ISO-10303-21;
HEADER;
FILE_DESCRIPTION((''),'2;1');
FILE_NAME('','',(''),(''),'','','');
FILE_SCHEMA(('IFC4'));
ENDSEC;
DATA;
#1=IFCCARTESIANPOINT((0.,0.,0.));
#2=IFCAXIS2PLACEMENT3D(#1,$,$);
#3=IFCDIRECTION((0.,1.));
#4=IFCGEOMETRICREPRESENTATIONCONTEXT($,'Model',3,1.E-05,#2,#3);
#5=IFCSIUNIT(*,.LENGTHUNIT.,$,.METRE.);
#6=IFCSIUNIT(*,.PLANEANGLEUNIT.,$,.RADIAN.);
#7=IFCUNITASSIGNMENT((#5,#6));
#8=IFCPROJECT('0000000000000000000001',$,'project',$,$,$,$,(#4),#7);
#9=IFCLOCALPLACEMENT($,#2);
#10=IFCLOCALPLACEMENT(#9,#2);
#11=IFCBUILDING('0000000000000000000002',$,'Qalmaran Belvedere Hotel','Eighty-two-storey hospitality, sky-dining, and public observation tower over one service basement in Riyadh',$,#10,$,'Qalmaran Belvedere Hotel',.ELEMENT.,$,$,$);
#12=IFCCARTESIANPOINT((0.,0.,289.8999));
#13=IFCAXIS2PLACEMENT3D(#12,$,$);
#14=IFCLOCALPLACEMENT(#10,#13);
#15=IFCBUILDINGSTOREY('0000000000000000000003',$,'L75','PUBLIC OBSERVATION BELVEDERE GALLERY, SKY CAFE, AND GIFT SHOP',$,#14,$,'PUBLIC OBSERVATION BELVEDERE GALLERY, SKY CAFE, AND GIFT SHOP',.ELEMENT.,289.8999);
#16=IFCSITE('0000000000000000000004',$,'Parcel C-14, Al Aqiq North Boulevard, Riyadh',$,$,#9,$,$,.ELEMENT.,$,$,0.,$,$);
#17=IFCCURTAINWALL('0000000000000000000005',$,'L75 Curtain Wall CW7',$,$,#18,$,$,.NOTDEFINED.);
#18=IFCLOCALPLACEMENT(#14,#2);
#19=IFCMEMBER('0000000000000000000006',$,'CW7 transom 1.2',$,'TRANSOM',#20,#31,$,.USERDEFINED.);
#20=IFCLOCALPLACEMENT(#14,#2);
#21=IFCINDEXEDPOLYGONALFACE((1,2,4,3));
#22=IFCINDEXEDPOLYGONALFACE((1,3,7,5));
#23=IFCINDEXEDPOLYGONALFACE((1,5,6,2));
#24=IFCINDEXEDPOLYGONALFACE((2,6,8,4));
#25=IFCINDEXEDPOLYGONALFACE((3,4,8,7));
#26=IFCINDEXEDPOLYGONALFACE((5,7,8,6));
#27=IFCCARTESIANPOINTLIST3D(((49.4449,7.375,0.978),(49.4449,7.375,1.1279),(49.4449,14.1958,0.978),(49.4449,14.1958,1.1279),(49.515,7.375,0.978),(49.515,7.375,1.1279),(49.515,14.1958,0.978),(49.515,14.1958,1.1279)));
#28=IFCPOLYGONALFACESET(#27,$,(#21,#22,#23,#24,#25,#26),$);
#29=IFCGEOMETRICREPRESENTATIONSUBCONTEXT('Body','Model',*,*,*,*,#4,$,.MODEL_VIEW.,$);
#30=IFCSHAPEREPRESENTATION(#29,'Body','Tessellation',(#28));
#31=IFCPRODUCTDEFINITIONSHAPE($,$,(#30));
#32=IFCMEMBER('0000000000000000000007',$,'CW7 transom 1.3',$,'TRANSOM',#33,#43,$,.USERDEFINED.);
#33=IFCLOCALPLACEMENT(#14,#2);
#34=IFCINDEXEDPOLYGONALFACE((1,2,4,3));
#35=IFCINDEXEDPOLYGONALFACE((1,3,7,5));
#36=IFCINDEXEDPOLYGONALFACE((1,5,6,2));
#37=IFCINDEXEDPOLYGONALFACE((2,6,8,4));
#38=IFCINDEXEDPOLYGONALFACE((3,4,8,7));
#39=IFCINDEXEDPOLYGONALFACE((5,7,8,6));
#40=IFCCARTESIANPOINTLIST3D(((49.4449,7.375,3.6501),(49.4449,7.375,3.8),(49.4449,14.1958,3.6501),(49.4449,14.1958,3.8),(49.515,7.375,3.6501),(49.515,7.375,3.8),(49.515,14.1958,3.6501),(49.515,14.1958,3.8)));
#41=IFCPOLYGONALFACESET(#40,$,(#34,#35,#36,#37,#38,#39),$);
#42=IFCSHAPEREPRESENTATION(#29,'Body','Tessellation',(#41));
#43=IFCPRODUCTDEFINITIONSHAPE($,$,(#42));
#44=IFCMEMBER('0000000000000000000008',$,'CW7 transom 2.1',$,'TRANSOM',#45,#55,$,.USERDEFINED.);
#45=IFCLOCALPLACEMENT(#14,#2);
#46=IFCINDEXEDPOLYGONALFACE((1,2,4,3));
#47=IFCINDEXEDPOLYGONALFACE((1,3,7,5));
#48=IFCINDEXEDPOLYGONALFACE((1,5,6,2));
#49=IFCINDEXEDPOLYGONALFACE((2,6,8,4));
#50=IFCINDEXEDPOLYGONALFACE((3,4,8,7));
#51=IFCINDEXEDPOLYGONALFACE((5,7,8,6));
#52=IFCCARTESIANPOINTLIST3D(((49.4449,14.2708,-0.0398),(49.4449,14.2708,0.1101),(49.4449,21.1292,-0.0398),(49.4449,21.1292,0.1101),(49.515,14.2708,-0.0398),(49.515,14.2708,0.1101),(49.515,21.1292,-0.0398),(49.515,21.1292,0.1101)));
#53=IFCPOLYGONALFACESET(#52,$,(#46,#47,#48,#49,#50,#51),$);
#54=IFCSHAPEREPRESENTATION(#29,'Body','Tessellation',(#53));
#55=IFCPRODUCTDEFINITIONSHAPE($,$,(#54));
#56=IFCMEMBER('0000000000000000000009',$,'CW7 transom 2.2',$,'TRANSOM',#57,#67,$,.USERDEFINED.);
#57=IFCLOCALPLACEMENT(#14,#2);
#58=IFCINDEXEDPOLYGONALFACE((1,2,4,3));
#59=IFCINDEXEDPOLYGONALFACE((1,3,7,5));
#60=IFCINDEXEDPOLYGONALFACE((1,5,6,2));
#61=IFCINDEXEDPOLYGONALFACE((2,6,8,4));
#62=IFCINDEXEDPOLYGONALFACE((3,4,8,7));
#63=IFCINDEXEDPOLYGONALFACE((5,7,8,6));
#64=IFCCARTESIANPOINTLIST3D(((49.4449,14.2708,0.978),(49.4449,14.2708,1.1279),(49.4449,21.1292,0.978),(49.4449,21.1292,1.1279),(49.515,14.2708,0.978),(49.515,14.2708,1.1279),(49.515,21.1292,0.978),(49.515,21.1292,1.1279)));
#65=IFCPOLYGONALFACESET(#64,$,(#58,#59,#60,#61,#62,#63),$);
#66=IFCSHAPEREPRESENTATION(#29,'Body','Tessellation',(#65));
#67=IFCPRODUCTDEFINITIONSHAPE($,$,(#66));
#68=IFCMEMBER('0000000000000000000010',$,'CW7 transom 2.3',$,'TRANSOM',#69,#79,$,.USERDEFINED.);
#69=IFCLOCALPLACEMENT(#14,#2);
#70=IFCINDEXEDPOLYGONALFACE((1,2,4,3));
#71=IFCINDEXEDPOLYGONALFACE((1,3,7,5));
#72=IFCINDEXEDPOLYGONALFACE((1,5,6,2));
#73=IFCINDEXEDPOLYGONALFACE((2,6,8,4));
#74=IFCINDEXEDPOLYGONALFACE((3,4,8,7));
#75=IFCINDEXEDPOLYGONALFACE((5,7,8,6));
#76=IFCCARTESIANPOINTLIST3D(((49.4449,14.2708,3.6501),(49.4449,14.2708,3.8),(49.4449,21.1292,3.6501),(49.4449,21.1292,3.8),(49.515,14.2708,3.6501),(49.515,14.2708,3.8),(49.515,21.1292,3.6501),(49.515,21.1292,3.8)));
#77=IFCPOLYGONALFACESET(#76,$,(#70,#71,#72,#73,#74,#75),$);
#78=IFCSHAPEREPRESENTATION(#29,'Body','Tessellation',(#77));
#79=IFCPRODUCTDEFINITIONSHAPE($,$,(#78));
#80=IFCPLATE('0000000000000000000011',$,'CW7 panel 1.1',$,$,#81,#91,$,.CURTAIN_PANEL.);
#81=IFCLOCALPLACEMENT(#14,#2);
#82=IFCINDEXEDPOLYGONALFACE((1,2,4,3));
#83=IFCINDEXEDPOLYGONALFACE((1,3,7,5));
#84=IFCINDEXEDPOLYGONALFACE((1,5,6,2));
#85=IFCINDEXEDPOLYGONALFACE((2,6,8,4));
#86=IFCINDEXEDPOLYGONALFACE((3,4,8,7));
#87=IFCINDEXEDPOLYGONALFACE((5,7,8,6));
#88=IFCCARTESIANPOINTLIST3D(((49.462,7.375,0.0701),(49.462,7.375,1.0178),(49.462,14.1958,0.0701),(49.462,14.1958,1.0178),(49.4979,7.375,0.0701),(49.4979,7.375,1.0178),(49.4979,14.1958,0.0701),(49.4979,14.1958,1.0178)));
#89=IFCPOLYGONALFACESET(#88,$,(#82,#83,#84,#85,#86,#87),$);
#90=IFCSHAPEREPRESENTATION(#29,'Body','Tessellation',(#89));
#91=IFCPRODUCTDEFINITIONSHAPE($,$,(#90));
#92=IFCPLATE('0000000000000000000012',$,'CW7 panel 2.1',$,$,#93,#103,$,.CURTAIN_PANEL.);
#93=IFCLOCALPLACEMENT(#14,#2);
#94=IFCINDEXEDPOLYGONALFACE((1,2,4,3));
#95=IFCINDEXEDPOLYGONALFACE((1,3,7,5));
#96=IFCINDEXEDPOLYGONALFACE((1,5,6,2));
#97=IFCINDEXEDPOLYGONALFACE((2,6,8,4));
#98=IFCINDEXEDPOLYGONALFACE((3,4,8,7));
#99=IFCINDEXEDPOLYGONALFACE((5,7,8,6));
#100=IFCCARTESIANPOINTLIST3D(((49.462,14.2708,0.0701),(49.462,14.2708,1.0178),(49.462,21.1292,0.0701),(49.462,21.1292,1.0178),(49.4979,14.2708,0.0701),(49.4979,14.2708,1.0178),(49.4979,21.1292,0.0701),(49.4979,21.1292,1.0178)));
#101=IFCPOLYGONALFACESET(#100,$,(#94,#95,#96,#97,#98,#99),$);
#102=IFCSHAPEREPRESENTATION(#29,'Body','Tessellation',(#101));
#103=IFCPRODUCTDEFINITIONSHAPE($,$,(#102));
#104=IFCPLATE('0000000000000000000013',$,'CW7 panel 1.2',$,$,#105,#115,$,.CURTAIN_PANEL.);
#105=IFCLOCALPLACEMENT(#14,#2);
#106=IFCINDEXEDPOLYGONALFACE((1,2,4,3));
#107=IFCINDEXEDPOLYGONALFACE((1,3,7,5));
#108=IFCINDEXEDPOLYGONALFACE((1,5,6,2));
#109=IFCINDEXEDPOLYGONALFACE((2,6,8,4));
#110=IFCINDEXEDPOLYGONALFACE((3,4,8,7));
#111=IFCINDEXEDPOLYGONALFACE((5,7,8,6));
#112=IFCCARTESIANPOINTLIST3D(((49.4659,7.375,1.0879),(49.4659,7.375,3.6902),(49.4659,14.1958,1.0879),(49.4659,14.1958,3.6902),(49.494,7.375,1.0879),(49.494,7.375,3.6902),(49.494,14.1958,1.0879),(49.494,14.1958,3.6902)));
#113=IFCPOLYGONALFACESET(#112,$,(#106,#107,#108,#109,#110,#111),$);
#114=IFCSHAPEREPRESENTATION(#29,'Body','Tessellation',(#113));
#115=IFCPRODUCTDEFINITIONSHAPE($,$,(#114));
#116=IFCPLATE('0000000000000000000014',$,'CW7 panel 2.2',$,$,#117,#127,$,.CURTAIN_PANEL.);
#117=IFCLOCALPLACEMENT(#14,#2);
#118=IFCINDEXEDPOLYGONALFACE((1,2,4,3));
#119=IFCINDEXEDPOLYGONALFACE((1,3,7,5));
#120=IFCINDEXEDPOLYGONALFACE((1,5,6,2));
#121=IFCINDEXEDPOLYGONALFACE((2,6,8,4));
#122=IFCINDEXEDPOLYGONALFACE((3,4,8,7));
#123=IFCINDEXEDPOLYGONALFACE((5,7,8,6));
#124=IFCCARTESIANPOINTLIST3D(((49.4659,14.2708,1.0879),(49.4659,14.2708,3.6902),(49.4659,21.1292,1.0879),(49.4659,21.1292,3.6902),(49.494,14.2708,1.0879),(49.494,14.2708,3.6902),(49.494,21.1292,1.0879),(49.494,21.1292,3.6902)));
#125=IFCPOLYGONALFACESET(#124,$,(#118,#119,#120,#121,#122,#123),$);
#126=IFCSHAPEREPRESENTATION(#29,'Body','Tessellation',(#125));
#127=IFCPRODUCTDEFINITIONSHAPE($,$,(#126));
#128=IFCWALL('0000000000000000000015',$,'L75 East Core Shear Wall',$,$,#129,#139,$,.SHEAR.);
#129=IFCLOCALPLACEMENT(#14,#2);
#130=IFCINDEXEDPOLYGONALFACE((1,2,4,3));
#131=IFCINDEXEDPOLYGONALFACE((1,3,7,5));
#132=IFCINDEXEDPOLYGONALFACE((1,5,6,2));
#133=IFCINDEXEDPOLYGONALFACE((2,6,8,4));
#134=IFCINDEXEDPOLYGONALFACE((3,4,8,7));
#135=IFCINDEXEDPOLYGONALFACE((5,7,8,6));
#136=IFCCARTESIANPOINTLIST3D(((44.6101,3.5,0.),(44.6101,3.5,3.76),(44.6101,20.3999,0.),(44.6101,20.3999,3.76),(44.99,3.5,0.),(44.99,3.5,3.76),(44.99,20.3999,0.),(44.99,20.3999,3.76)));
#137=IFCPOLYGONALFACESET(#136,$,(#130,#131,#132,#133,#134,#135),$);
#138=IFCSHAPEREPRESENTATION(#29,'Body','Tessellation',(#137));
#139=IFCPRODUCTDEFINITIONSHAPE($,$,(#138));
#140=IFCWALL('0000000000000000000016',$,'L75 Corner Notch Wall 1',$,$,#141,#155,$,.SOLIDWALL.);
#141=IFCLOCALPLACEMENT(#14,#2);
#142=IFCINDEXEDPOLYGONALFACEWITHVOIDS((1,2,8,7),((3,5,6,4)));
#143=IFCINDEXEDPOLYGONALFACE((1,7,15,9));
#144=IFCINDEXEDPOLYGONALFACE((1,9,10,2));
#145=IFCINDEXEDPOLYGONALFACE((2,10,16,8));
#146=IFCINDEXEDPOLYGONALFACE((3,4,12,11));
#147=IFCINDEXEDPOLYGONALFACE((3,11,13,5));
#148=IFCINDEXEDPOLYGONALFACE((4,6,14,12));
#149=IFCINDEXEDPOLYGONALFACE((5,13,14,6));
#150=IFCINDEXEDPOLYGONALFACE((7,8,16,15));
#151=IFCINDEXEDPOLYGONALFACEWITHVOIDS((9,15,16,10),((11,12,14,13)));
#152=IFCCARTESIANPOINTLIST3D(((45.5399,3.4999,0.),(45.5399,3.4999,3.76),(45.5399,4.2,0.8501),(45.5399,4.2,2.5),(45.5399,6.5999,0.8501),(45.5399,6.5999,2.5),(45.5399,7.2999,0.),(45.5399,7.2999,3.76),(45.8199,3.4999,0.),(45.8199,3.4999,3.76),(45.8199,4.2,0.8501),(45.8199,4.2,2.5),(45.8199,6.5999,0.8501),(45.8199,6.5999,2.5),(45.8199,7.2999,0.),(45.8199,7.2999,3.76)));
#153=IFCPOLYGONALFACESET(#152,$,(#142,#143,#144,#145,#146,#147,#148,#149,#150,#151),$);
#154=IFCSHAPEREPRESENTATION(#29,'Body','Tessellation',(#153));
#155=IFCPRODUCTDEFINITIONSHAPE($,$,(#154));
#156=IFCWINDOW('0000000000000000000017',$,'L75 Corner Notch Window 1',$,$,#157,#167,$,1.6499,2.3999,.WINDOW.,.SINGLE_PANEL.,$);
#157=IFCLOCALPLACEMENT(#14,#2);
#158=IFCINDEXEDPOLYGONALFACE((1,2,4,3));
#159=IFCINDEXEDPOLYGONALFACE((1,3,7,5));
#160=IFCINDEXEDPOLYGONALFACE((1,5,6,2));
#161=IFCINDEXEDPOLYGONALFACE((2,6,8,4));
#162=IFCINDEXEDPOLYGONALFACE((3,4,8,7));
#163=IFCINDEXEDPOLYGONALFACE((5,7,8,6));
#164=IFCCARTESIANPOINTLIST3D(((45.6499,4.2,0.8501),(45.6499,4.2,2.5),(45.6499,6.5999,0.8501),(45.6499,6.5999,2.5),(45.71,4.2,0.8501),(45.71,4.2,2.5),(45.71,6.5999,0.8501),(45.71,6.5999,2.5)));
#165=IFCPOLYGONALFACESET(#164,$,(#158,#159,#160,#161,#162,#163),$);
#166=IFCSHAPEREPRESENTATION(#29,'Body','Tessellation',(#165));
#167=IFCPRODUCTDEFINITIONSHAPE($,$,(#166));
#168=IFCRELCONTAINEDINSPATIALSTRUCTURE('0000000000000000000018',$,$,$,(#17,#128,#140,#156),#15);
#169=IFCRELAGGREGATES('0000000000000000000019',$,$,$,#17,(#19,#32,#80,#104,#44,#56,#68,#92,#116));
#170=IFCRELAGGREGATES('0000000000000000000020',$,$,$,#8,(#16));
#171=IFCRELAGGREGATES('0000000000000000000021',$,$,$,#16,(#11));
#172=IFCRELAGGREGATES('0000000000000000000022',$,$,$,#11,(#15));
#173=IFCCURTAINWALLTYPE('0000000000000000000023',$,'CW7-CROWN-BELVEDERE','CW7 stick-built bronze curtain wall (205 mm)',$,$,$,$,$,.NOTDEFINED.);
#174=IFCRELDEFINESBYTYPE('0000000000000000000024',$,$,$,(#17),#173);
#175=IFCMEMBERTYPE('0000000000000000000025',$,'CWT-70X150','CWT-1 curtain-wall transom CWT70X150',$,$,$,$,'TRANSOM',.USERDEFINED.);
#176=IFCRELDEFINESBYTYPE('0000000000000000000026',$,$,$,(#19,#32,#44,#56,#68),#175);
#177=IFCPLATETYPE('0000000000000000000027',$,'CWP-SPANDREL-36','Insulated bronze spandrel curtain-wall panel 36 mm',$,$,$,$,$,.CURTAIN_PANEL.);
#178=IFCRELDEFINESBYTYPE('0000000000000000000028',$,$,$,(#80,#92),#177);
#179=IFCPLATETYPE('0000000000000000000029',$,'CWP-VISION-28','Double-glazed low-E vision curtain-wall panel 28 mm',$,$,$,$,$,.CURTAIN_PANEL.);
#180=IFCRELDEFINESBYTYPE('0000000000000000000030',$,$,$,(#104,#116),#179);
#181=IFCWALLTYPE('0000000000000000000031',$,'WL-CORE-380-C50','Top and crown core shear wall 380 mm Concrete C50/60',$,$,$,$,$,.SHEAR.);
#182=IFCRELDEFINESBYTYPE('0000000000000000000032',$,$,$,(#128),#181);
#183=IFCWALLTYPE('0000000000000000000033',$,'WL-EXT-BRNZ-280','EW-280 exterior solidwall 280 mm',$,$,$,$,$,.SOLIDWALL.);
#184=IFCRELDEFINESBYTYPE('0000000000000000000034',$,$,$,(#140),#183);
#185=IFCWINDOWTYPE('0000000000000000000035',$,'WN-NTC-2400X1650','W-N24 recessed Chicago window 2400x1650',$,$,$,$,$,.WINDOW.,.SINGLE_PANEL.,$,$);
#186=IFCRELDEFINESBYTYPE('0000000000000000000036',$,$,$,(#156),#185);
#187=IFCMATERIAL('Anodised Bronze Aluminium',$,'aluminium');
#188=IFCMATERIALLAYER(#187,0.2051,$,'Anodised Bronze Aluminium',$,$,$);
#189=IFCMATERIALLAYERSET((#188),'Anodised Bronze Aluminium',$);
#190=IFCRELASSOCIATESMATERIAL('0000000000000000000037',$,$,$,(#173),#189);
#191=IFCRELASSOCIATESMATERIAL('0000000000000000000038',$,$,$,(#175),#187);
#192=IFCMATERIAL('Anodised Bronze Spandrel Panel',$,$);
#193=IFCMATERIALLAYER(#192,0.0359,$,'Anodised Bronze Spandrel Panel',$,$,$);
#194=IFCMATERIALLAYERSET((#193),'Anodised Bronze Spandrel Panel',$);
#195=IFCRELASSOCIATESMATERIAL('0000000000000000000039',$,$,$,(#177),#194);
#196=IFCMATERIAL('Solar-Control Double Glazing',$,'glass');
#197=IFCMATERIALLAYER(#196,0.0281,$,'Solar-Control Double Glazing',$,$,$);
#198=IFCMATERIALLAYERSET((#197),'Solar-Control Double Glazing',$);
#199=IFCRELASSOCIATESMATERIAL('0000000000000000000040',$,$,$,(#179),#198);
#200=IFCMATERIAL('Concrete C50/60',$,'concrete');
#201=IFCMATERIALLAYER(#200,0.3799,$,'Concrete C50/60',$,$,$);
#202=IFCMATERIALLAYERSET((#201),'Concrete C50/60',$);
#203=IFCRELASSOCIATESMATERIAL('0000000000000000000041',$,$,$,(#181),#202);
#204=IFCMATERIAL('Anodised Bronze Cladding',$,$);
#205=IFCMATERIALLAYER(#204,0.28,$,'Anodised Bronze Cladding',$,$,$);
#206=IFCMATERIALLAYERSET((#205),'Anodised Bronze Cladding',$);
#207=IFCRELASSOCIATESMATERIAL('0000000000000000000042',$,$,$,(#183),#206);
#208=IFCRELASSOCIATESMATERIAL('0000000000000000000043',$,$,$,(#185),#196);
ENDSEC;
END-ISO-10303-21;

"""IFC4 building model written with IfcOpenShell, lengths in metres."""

from ifc_helpers import new_model, si_unit, direction, frame, frame_2d, origin, origin_2d, place, context, subcontext, project, spatial, rectangle, extrude, material, layer, layer_set, material_profile, profile_set, type_object, element, fill, aggregate, save


model = new_model("IFC4")

# Units and contexts
model_context = context("Model", 3, precision=1e-05, world=origin(), true_north=direction((0.0, 1.0)))
body_context = subcontext(model_context, "Body", "Model", "MODEL_VIEW")
ifc_project = project(units=[si_unit("LENGTHUNIT", "METRE"), si_unit("PLANEANGLEUNIT", "RADIAN")], contexts=[model_context])

# Site, building, storey
site_placement = place(None, origin())
site = spatial("IfcSite", under=ifc_project, at=site_placement, Name="Parcel C-14, Al Aqiq North Boulevard, Riyadh", CompositionType="ELEMENT", RefElevation=0.0)
building_placement = place(site_placement, origin())
building = spatial("IfcBuilding", under=site, at=building_placement, Name="Qalmaran Belvedere Hotel", Description="Eighty-two-storey hospitality, sky-dining, and public observation tower over one service basement in Riyadh", LongName="Qalmaran Belvedere Hotel", CompositionType="ELEMENT")
storey_placement = place(building_placement, frame((0.0, 0.0, 289.8999)))
storey = spatial("IfcBuildingStorey", under=building, at=storey_placement, Name="L75", Description="PUBLIC OBSERVATION BELVEDERE GALLERY, SKY CAFE, AND GIFT SHOP", LongName="PUBLIC OBSERVATION BELVEDERE GALLERY, SKY CAFE, AND GIFT SHOP", CompositionType="ELEMENT", Elevation=289.8999)

# Shared definitions
ifc_material_1 = material(Name="Concrete C50/60", Category="concrete")

# Curtain wall, members, plates
ifc_material_2 = material(Name="Anodised Bronze Aluminium", Category="aluminium")
ifc_layer_1 = layer(ifc_material_2, 0.2051, Name="Anodised Bronze Aluminium")
ifc_layer_set_1 = layer_set([ifc_layer_1], Name="Anodised Bronze Aluminium")
curtain_wall_type = type_object("IfcCurtainWallType", Name="CW7-CROWN-BELVEDERE", Description="CW7 stick-built bronze curtain wall (205 mm)", PredefinedType="NOTDEFINED", material=ifc_layer_set_1)
curtain_wall_placement = place(storey_placement, origin())
curtain_wall = element("IfcCurtainWall", 1, at=curtain_wall_placement, inside=storey, type_object=curtain_wall_type, Name="L75 Curtain Wall CW7", PredefinedType="NOTDEFINED")
ifc_material_profile_1 = material_profile(ifc_material_2, rectangle(XDim=0.0701, YDim=0.1499, at=origin_2d()), Name="CWT70X150")
ifc_profile_set_1 = profile_set([ifc_material_profile_1], Name="Anodised Bronze Aluminium")
member_type_1 = type_object("IfcMemberType", Name="CWT-70X150", Description="CWT-1 curtain-wall transom CWT70X150", ElementType="TRANSOM", PredefinedType="USERDEFINED", material=ifc_profile_set_1)
member_1_placement = place(storey_placement, frame((49.48, 7.375, 1.053), z_axis=(0.0, 1.0, 0.0), x_axis=(-1.0, 0.0, 0.0)))
member_1 = element("IfcMember", 2, at=member_1_placement, type_object=member_type_1, Name="CW7 transom 1.2", ObjectType="TRANSOM", PredefinedType="USERDEFINED", context=body_context, shape_type="SweptSolid", body=[
    extrude(rectangle(XDim=0.0701, YDim=0.1499, at=origin_2d()), origin(), (0.0, 0.0, 1.0), 6.8208),
])
member_2_placement = place(storey_placement, frame((49.48, 7.375, 3.7251), z_axis=(0.0, 1.0, 0.0), x_axis=(-1.0, 0.0, 0.0)))
member_2 = element("IfcMember", 3, at=member_2_placement, type_object=member_type_1, Name="CW7 transom 1.3", ObjectType="TRANSOM", PredefinedType="USERDEFINED", context=body_context, shape_type="SweptSolid", body=[
    extrude(rectangle(XDim=0.0701, YDim=0.1499, at=origin_2d()), origin(), (0.0, 0.0, 1.0), 6.8208),
])
member_3_placement = place(storey_placement, frame((49.48, 14.2708, 0.0352), z_axis=(0.0, 1.0, 0.0), x_axis=(-1.0, 0.0, 0.0)))
member_3 = element("IfcMember", 4, at=member_3_placement, type_object=member_type_1, Name="CW7 transom 2.1", ObjectType="TRANSOM", PredefinedType="USERDEFINED", context=body_context, shape_type="SweptSolid", body=[
    extrude(rectangle(XDim=0.0701, YDim=0.1499, at=origin_2d()), origin(), (0.0, 0.0, 1.0), 6.8584),
])
member_4_placement = place(storey_placement, frame((49.48, 14.2708, 1.053), z_axis=(0.0, 1.0, 0.0), x_axis=(-1.0, 0.0, 0.0)))
member_4 = element("IfcMember", 5, at=member_4_placement, type_object=member_type_1, Name="CW7 transom 2.2", ObjectType="TRANSOM", PredefinedType="USERDEFINED", context=body_context, shape_type="SweptSolid", body=[
    extrude(rectangle(XDim=0.0701, YDim=0.1499, at=origin_2d()), origin(), (0.0, 0.0, 1.0), 6.8584),
])
member_5_placement = place(storey_placement, frame((49.48, 14.2708, 3.7251), z_axis=(0.0, 1.0, 0.0), x_axis=(-1.0, 0.0, 0.0)))
member_5 = element("IfcMember", 6, at=member_5_placement, type_object=member_type_1, Name="CW7 transom 2.3", ObjectType="TRANSOM", PredefinedType="USERDEFINED", context=body_context, shape_type="SweptSolid", body=[
    extrude(rectangle(XDim=0.0701, YDim=0.1499, at=origin_2d()), origin(), (0.0, 0.0, 1.0), 6.8584),
])
ifc_material_3 = material(Name="Anodised Bronze Spandrel Panel")
ifc_layer_2 = layer(ifc_material_3, 0.0359, Name="Anodised Bronze Spandrel Panel")
ifc_layer_set_2 = layer_set([ifc_layer_2], Name="Anodised Bronze Spandrel Panel")
plate_type_1 = type_object("IfcPlateType", Name="CWP-SPANDREL-36", Description="Insulated bronze spandrel curtain-wall panel 36 mm", PredefinedType="CURTAIN_PANEL", material=ifc_layer_set_2)
plate_1_placement = place(storey_placement, frame((49.48, 10.7854, 0.0701), z_axis=(0.0, 0.0, 1.0), x_axis=(0.0, 1.0, 0.0)))
plate_1 = element("IfcPlate", 7, at=plate_1_placement, type_object=plate_type_1, Name="CW7 panel 1.1", PredefinedType="CURTAIN_PANEL", context=body_context, shape_type="SweptSolid", body=[
    extrude(rectangle(XDim=6.8208, YDim=0.0359, at=origin_2d()), origin(), (0.0, 0.0, 1.0), 0.9478),
])
plate_2_placement = place(storey_placement, frame((49.48, 17.7, 0.0701), z_axis=(0.0, 0.0, 1.0), x_axis=(0.0, 1.0, 0.0)))
plate_2 = element("IfcPlate", 8, at=plate_2_placement, type_object=plate_type_1, Name="CW7 panel 2.1", PredefinedType="CURTAIN_PANEL", context=body_context, shape_type="SweptSolid", body=[
    extrude(rectangle(XDim=6.8584, YDim=0.0359, at=origin_2d()), origin(), (0.0, 0.0, 1.0), 0.9478),
])
ifc_material_4 = material(Name="Solar-Control Double Glazing", Category="glass")
ifc_layer_3 = layer(ifc_material_4, 0.0281, Name="Solar-Control Double Glazing")
ifc_layer_set_3 = layer_set([ifc_layer_3], Name="Solar-Control Double Glazing")
plate_type_2 = type_object("IfcPlateType", Name="CWP-VISION-28", Description="Double-glazed low-E vision curtain-wall panel 28 mm", PredefinedType="CURTAIN_PANEL", material=ifc_layer_set_3)
plate_3_placement = place(storey_placement, frame((49.48, 10.7854, 1.0879), z_axis=(0.0, 0.0, 1.0), x_axis=(0.0, 1.0, 0.0)))
plate_3 = element("IfcPlate", 9, at=plate_3_placement, type_object=plate_type_2, Name="CW7 panel 1.2", PredefinedType="CURTAIN_PANEL", context=body_context, shape_type="SweptSolid", body=[
    extrude(rectangle(XDim=6.8208, YDim=0.0281, at=origin_2d()), origin(), (0.0, 0.0, 1.0), 2.6023),
])
plate_4_placement = place(storey_placement, frame((49.48, 17.7, 1.0879), z_axis=(0.0, 0.0, 1.0), x_axis=(0.0, 1.0, 0.0)))
plate_4 = element("IfcPlate", 10, at=plate_4_placement, type_object=plate_type_2, Name="CW7 panel 2.2", PredefinedType="CURTAIN_PANEL", context=body_context, shape_type="SweptSolid", body=[
    extrude(rectangle(XDim=6.8584, YDim=0.0281, at=origin_2d()), origin(), (0.0, 0.0, 1.0), 2.6023),
])
aggregate(curtain_wall, [member_1, member_2, plate_1, plate_3, member_3, member_4, member_5, plate_2, plate_4])

# Wall
ifc_layer_4 = layer(ifc_material_1, 0.3799, Name="Concrete C50/60")
ifc_layer_set_4 = layer_set([ifc_layer_4], Name="Concrete C50/60")
wall_type_1 = type_object("IfcWallType", Name="WL-CORE-380-C50", Description="Top and crown core shear wall 380 mm Concrete C50/60", PredefinedType="SHEAR", material=ifc_layer_set_4)
wall_1_placement = place(storey_placement, frame((44.8, 3.5, 0.0), z_axis=(0.0, 0.0, 1.0), x_axis=(0.0, 1.0, 0.0)))
element("IfcWall", 11, at=wall_1_placement, inside=storey, type_object=wall_type_1, Name="L75 East Core Shear Wall", PredefinedType="SHEAR", context=body_context, shape_type="SweptSolid", body=[
    extrude(rectangle(XDim=16.8999, YDim=0.3799, at=frame_2d((8.45, 0.0))), origin(), (0.0, 0.0, 1.0), 3.76),
])

# Wall, opening, window
ifc_material_5 = material(Name="Anodised Bronze Cladding")
ifc_layer_5 = layer(ifc_material_5, 0.28, Name="Anodised Bronze Cladding")
ifc_layer_set_5 = layer_set([ifc_layer_5], Name="Anodised Bronze Cladding")
wall_type_2 = type_object("IfcWallType", Name="WL-EXT-BRNZ-280", Description="EW-280 exterior solidwall 280 mm", PredefinedType="SOLIDWALL", material=ifc_layer_set_5)
wall_2_placement = place(storey_placement, frame((45.6799, 3.5, 0.0), z_axis=(0.0, 0.0, 1.0), x_axis=(0.0, 1.0, 0.0)))
wall_2 = element("IfcWall", 12, at=wall_2_placement, inside=storey, type_object=wall_type_2, Name="L75 Corner Notch Wall 1", PredefinedType="SOLIDWALL", context=body_context, shape_type="SweptSolid", body=[
    extrude(rectangle(XDim=3.8, YDim=0.28, at=frame_2d((1.8999, 0.0))), origin(), (0.0, 0.0, 1.0), 3.76),
])
opening_1_placement = place(wall_2_placement, frame((0.7, 0.0, 0.8501)))
opening_1 = element("IfcOpeningElement", 13, at=opening_1_placement, cuts=wall_2, PredefinedType="OPENING", context=body_context, shape_type="SweptSolid", body=[
    extrude(rectangle(XDim=2.3999, YDim=1.6499, at=frame_2d((1.2, 0.825))), frame((0.0, 0.1499, 0.0), z_axis=(0.0, -1.0, 0.0), x_axis=(1.0, 0.0, 0.0)), (0.0, 0.0, 1.0), 0.3),
])
window_type_1 = type_object("IfcWindowType", Name="WN-NTC-2400X1650", Description="W-N24 recessed Chicago window 2400x1650", PartitioningType="SINGLE_PANEL", PredefinedType="WINDOW", material=ifc_material_4)
window_1_placement = place(opening_1_placement, origin())
window_1 = element("IfcWindow", 14, at=window_1_placement, inside=storey, type_object=window_type_1, Name="L75 Corner Notch Window 1", OverallHeight=1.6499, OverallWidth=2.3999, PartitioningType="SINGLE_PANEL", PredefinedType="WINDOW", context=body_context, shape_type="SweptSolid", body=[
    extrude(rectangle(XDim=2.3999, YDim=1.6499, at=frame_2d((1.2, 0.825))), frame((0.0, 0.03, 0.0), z_axis=(0.0, -1.0, 0.0), x_axis=(1.0, 0.0, 0.0)), (0.0, 0.0, 1.0), 0.0601),
])
fill(opening_1, window_1)

save(model, "model.ifc")
